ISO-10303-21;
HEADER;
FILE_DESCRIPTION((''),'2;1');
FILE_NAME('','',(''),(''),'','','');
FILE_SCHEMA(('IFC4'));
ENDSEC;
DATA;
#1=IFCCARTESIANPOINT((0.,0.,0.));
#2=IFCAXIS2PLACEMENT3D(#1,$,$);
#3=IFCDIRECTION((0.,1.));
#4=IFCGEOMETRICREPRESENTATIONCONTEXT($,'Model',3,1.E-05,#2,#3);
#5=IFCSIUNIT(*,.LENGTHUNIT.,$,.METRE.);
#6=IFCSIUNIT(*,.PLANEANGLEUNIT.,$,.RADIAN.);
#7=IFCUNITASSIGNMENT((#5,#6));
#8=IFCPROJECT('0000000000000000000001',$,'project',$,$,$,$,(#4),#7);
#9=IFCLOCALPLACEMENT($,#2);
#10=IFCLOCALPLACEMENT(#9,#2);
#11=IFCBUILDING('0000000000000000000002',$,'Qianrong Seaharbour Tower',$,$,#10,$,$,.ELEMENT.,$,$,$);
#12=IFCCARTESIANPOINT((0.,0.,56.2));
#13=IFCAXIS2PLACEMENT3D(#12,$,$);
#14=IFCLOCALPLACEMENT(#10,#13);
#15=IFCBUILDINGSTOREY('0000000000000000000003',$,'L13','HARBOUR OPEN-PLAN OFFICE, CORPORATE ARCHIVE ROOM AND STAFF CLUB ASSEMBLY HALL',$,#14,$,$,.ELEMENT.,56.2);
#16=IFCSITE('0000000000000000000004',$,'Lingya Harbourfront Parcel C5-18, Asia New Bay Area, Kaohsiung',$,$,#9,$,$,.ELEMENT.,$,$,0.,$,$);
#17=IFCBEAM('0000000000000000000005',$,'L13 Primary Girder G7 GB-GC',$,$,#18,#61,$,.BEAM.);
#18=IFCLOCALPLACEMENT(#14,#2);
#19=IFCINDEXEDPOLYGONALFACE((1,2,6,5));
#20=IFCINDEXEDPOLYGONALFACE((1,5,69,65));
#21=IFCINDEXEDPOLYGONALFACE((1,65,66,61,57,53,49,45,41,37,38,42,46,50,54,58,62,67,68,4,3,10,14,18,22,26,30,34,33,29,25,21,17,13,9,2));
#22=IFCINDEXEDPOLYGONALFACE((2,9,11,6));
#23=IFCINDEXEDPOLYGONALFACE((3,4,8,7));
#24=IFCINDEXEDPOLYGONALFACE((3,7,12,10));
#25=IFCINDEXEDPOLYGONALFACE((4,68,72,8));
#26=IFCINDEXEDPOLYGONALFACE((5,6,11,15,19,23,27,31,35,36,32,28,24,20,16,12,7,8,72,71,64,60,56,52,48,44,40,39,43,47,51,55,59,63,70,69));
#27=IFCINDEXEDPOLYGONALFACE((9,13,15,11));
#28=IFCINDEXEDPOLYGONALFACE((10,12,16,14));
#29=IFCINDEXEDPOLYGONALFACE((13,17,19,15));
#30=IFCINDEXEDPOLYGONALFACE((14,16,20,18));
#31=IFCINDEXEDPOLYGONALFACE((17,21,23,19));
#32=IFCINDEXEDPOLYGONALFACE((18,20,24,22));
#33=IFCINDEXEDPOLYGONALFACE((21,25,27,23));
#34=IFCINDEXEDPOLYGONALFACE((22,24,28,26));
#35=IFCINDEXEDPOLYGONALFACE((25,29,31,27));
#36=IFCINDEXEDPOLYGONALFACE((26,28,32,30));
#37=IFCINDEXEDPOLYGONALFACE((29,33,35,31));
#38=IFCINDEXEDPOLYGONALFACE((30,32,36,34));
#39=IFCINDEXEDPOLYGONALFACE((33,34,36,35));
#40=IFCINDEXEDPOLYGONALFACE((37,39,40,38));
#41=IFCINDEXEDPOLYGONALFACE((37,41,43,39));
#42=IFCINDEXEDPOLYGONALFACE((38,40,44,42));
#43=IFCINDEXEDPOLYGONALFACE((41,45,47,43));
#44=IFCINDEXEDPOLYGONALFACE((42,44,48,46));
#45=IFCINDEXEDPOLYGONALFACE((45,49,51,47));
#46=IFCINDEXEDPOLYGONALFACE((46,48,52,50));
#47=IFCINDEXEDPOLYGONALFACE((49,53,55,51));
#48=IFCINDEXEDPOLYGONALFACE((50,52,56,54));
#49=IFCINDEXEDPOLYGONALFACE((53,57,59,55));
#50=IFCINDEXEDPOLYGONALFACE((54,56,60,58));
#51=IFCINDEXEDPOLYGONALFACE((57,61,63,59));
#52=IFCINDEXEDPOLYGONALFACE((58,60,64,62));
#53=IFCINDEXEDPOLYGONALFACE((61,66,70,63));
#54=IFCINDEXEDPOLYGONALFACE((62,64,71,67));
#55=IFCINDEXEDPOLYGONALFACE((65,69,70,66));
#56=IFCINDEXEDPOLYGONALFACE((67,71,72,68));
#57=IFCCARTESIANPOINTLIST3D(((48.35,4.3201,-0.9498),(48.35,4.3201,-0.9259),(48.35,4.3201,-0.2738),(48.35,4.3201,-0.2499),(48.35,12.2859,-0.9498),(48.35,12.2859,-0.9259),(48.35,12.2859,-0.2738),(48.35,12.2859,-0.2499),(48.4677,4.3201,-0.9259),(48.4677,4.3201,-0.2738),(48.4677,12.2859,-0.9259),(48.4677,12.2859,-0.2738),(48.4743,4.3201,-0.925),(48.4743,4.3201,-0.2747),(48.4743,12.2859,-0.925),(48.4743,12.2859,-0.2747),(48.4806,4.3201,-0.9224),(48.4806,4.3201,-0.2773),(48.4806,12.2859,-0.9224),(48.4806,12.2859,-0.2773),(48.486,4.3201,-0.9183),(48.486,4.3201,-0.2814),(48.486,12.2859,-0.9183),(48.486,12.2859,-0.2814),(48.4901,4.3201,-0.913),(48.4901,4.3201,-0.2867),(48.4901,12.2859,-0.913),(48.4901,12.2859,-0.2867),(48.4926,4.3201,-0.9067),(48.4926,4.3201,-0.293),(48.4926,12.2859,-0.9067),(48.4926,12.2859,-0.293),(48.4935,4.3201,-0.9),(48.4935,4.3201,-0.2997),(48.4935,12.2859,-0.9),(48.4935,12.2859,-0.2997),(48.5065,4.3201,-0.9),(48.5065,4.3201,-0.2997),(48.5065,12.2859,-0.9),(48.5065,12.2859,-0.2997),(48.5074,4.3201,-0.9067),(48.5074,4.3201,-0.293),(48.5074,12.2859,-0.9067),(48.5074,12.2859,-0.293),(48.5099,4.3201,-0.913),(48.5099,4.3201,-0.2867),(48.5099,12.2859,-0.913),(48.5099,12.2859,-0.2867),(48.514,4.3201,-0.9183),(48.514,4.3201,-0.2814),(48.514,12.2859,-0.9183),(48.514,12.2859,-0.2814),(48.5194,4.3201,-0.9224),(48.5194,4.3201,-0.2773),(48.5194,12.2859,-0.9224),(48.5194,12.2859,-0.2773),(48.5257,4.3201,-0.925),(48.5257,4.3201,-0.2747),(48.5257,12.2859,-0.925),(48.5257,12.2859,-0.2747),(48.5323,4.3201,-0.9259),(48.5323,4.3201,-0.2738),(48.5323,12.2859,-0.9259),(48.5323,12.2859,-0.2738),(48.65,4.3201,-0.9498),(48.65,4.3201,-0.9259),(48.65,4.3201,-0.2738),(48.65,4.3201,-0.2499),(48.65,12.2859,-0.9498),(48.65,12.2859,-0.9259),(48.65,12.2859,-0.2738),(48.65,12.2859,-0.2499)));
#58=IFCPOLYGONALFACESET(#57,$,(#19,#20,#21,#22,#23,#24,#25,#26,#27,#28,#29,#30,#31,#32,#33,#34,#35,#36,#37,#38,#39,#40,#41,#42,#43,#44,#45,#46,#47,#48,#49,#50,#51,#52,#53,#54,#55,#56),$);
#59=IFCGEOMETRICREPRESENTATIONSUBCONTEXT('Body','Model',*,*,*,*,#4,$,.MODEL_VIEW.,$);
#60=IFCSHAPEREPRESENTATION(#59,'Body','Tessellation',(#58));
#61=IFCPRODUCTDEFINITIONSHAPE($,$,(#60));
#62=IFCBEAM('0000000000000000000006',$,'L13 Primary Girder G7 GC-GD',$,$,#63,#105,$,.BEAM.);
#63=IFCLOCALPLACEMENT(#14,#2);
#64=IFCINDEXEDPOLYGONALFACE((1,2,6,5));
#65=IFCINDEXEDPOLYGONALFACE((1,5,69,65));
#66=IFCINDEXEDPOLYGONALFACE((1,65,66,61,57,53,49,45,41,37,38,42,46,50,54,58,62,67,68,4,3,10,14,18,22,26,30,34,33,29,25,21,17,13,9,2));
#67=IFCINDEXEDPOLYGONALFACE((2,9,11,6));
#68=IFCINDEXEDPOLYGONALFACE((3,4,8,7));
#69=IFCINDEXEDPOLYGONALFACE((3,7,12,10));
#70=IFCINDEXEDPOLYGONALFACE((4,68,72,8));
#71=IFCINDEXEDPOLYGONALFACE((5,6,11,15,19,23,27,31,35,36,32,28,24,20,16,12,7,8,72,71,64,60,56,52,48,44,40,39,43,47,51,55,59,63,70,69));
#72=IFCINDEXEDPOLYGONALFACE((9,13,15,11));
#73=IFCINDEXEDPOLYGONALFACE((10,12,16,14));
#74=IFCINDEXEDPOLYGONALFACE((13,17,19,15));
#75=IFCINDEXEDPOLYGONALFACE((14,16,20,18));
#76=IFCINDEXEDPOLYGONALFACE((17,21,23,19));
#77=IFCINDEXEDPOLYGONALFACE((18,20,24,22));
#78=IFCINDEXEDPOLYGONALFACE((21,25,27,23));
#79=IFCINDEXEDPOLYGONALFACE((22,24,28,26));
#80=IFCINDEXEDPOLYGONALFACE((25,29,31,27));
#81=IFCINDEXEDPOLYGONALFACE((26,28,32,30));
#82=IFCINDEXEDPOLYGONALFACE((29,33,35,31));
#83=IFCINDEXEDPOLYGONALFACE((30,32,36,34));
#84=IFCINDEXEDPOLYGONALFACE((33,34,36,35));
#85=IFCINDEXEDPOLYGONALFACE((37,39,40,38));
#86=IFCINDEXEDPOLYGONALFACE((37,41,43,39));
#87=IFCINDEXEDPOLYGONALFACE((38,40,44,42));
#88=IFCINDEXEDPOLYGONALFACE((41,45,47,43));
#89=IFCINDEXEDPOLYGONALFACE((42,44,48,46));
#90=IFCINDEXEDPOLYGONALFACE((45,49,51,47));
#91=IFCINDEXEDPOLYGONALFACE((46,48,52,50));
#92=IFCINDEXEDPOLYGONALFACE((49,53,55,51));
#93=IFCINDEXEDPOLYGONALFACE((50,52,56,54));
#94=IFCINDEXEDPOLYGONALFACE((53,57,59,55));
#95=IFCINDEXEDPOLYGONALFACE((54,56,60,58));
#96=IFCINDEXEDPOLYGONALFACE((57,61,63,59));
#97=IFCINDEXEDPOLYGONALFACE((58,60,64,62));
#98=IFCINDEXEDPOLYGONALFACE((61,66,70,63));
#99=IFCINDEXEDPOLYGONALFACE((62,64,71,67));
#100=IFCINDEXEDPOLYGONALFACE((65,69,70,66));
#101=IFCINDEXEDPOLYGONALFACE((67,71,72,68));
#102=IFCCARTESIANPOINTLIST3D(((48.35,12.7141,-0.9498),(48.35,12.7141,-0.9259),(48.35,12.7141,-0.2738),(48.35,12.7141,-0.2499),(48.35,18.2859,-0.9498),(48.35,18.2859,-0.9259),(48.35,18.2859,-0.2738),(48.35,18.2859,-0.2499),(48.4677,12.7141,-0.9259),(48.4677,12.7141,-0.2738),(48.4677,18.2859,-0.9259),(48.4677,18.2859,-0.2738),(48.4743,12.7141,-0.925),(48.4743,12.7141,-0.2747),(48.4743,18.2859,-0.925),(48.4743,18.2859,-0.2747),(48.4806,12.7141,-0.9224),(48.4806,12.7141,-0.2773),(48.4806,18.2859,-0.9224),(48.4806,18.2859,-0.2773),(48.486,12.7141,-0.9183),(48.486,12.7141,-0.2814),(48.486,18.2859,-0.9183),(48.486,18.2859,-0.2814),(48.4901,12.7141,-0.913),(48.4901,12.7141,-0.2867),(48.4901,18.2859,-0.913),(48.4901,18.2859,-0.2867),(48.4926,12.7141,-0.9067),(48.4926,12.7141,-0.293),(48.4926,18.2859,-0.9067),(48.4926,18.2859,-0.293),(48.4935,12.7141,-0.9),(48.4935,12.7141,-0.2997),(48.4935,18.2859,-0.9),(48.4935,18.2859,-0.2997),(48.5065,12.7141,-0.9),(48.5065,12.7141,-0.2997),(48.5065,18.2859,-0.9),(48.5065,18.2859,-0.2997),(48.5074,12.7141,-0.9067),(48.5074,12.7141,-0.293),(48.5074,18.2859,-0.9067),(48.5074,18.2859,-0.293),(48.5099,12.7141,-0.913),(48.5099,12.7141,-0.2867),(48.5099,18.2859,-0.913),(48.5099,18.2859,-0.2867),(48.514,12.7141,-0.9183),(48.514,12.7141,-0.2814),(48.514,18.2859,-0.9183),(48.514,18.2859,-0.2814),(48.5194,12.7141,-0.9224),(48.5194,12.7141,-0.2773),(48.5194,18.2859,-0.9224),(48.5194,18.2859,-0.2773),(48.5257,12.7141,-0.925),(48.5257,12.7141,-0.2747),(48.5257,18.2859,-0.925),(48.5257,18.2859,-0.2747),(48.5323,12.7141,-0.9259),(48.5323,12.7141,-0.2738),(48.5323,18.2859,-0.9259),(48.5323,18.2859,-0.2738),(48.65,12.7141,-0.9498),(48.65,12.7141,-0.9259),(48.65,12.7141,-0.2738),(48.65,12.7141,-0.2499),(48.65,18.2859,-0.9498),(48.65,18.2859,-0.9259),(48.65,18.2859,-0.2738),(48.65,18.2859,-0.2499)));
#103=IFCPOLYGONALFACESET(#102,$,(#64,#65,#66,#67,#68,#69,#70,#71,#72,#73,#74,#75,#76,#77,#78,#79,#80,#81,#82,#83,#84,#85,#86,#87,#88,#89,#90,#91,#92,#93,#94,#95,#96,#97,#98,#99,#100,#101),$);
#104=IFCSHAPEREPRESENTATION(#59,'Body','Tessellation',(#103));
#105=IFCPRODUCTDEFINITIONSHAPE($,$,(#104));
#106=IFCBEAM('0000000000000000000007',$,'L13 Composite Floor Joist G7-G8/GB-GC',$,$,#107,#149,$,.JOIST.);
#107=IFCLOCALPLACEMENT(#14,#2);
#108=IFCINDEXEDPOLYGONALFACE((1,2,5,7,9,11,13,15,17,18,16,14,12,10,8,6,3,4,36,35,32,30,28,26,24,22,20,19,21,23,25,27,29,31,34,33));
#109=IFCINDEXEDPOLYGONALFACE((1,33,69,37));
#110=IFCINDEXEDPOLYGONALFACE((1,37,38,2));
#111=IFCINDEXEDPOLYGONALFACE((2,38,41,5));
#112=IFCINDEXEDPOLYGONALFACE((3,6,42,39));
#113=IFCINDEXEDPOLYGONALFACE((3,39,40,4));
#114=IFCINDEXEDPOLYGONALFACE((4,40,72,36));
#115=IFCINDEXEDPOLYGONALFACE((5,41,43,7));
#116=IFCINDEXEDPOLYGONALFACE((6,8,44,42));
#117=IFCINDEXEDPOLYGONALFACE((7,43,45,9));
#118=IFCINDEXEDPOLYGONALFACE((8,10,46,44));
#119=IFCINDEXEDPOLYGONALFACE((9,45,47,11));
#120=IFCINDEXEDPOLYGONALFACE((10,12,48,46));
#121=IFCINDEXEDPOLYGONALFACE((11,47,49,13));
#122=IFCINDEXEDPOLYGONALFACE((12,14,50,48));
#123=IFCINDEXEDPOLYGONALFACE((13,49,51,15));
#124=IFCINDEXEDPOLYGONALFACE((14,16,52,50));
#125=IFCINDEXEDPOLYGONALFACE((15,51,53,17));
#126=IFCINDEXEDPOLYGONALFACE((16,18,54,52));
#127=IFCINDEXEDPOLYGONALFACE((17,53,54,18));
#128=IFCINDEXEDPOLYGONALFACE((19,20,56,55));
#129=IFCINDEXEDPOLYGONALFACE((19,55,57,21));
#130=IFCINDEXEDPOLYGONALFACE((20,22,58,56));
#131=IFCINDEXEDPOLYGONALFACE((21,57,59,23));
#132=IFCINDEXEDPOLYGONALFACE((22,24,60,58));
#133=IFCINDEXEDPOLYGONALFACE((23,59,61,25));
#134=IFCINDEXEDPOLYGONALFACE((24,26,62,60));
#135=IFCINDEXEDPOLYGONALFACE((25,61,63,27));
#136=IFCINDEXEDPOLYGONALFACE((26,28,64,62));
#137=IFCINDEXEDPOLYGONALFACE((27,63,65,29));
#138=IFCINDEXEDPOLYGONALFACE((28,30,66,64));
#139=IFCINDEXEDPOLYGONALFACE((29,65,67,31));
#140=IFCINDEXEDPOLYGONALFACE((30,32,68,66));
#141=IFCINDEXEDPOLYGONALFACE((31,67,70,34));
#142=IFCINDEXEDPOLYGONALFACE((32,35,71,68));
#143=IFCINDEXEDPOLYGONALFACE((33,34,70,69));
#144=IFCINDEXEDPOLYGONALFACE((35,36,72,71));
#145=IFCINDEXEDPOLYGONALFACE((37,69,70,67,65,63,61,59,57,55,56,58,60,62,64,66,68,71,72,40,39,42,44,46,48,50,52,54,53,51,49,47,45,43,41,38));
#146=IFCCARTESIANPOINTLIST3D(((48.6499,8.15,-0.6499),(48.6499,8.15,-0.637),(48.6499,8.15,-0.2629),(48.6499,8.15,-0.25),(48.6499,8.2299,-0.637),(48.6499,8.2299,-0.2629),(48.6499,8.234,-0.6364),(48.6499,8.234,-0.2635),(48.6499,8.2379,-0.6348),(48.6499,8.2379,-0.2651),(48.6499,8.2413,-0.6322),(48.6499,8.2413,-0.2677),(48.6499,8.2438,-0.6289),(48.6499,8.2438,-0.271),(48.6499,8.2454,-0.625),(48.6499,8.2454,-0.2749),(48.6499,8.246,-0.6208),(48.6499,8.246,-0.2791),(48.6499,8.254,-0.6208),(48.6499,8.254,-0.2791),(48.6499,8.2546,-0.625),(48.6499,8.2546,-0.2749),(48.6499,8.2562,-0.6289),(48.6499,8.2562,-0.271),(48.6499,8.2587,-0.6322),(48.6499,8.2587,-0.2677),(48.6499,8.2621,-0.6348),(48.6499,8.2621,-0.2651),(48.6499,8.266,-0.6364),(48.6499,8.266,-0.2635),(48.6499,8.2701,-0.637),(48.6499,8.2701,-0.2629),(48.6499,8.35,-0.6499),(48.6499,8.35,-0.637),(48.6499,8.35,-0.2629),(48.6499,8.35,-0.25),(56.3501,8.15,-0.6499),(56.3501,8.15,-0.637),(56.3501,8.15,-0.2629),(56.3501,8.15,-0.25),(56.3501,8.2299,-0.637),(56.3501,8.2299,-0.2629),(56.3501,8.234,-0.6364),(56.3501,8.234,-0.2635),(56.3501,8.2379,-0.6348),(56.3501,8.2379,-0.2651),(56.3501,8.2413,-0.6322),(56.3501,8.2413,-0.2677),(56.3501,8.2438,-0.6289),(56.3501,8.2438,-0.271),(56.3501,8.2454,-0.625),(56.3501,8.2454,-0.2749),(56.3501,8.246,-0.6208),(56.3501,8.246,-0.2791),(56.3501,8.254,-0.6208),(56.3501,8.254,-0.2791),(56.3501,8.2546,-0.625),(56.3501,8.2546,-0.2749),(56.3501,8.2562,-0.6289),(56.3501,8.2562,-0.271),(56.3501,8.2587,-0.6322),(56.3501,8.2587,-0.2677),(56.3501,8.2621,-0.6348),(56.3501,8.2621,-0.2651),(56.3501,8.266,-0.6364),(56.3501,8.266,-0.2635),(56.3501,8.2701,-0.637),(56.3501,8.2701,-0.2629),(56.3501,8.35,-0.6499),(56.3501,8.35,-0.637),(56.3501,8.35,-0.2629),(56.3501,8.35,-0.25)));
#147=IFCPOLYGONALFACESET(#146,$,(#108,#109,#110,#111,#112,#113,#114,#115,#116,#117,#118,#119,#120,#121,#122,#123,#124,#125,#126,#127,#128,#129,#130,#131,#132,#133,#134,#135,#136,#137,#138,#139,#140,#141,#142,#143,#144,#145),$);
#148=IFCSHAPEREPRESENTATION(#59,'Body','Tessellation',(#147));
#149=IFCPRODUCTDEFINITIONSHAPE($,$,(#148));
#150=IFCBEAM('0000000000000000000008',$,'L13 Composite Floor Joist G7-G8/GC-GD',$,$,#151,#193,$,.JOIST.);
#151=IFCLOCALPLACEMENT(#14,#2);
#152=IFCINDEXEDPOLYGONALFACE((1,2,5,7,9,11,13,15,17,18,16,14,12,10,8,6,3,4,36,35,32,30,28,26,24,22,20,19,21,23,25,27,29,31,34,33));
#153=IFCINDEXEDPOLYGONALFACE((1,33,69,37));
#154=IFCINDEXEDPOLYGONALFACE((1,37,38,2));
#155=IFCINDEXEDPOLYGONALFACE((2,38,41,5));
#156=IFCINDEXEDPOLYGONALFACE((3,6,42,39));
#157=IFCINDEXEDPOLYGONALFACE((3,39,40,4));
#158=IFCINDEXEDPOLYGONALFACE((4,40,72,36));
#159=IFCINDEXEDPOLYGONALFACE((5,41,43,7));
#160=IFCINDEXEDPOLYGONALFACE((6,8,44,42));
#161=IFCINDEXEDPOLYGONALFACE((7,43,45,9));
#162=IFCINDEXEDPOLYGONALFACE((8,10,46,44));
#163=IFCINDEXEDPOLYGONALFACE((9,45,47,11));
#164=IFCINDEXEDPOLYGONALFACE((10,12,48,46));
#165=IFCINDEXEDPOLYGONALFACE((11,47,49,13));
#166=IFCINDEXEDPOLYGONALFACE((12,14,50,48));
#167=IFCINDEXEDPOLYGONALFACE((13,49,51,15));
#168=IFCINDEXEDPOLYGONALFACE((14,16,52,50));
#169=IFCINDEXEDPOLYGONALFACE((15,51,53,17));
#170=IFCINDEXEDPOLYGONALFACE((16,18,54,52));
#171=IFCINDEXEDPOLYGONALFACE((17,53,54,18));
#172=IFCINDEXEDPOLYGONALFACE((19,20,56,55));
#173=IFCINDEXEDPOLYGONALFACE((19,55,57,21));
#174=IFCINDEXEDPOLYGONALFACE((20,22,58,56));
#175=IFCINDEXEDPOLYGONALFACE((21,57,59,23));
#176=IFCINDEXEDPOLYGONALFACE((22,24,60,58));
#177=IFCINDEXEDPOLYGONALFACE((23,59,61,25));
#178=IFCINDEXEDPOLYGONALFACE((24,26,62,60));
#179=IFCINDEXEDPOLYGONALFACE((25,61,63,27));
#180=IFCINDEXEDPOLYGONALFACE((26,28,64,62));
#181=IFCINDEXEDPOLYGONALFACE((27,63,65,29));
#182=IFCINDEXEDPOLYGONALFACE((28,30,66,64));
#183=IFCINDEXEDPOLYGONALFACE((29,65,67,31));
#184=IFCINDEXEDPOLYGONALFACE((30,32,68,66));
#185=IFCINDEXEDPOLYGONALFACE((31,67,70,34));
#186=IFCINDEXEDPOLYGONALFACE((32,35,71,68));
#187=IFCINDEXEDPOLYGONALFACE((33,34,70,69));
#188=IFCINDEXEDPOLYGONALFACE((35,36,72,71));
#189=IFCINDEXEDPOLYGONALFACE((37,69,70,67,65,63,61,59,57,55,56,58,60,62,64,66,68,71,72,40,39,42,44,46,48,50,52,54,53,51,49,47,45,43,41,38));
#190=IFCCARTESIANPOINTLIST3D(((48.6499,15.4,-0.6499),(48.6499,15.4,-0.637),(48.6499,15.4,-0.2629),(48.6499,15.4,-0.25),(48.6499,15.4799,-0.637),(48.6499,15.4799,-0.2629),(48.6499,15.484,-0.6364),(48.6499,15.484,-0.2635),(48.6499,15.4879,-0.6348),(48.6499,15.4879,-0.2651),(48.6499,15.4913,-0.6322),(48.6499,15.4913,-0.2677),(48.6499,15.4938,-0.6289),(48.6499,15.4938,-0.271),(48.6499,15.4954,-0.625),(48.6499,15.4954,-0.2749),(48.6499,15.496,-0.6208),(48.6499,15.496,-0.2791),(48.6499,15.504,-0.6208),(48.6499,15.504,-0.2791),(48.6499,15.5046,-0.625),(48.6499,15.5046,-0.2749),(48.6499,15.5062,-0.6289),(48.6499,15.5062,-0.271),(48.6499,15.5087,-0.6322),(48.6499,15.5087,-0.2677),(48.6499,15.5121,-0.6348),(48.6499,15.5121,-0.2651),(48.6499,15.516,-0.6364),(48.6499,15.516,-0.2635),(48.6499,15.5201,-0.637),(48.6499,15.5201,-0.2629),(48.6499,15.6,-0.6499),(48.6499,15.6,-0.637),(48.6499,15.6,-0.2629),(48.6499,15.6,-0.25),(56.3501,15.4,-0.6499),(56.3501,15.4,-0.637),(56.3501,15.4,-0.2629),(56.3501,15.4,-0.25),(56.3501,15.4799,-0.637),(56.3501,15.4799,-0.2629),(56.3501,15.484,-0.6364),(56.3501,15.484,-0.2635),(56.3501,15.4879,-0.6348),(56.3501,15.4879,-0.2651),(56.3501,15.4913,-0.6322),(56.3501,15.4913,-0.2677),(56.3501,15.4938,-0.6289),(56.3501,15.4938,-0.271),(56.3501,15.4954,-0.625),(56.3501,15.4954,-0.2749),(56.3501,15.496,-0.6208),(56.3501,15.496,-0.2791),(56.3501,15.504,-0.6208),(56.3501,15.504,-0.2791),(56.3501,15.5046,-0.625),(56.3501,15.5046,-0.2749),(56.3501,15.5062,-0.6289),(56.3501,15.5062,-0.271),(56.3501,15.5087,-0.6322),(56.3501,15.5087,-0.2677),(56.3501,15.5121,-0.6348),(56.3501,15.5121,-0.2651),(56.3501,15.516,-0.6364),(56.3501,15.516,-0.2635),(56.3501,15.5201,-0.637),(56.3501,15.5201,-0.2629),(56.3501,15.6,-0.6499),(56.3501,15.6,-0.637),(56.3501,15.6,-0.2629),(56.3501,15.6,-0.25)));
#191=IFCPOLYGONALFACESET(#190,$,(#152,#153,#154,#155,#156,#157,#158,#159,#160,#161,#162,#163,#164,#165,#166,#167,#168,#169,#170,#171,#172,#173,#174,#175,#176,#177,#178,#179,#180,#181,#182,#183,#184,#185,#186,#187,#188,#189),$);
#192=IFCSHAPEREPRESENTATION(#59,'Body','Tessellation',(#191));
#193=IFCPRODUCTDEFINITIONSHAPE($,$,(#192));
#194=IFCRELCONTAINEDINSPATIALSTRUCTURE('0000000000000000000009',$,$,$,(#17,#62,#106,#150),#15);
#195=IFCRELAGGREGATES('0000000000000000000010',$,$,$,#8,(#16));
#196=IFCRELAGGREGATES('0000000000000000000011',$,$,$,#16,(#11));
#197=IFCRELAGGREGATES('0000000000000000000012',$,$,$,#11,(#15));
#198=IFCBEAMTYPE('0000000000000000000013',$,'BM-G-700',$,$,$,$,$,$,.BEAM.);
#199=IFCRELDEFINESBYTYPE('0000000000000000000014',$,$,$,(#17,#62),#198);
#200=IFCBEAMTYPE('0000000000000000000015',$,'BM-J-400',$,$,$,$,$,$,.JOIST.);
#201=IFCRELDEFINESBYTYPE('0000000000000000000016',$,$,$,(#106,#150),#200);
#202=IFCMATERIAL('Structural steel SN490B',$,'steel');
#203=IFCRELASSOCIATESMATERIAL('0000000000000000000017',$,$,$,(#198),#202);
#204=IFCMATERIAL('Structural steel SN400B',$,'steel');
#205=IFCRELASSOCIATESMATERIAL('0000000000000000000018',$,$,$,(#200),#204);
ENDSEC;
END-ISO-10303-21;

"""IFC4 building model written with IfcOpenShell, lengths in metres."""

from ifc_helpers import new_model, si_unit, direction, frame, origin, origin_2d, place, context, subcontext, project, spatial, i_section, extrude, material, material_profile, profile_set, type_object, element, save


model = new_model("IFC4")

# Units and contexts
model_context = context("Model", 3, precision=1e-05, world=origin(), true_north=direction((0.0, 1.0)))
body_context = subcontext(model_context, "Body", "Model", "MODEL_VIEW")
ifc_project = project(units=[si_unit("LENGTHUNIT", "METRE"), si_unit("PLANEANGLEUNIT", "RADIAN")], contexts=[model_context])

# Site, building, storey
site_placement = place(None, origin())
site = spatial("IfcSite", under=ifc_project, at=site_placement, Name="Lingya Harbourfront Parcel C5-18, Asia New Bay Area, Kaohsiung", CompositionType="ELEMENT", RefElevation=0.0)
building_placement = place(site_placement, origin())
building = spatial("IfcBuilding", under=site, at=building_placement, Name="Qianrong Seaharbour Tower", CompositionType="ELEMENT")
storey_placement = place(building_placement, frame((0.0, 0.0, 56.2)))
storey = spatial("IfcBuildingStorey", under=building, at=storey_placement, Name="L13", Description="HARBOUR OPEN-PLAN OFFICE, CORPORATE ARCHIVE ROOM AND STAFF CLUB ASSEMBLY HALL", CompositionType="ELEMENT", Elevation=56.2)

# Shared definitions
ifc_material_1 = material(Name="Structural steel SN490B", Category="steel")

# Beams
ifc_material_profile_1 = material_profile(ifc_material_1, i_section(OverallWidth=0.3, OverallDepth=0.7, WebThickness=0.0129, FlangeThickness=0.0239, FilletRadius=0.0259, at=origin_2d()), Name="H700x300x13x24")
ifc_profile_set_1 = profile_set([ifc_material_profile_1], Name="Structural steel SN490B")
beam_type_1 = type_object("IfcBeamType", Name="BM-G-700", PredefinedType="BEAM", material=ifc_profile_set_1)
beam_1_placement = place(storey_placement, frame((48.5, 4.3201, -0.5999), z_axis=(0.0, 1.0, 0.0), x_axis=(-1.0, 0.0, 0.0)))
element("IfcBeam", 1, at=beam_1_placement, inside=storey, type_object=beam_type_1, Name="L13 Primary Girder G7 GB-GC", PredefinedType="BEAM", context=body_context, shape_type="SweptSolid", body=[
    extrude(i_section(OverallWidth=0.3, OverallDepth=0.7, WebThickness=0.0129, FlangeThickness=0.0239, FilletRadius=0.0259, at=origin_2d()), origin(), (0.0, 0.0, 1.0), 7.9658),
])
beam_2_placement = place(storey_placement, frame((48.5, 12.7141, -0.5999), z_axis=(0.0, 1.0, 0.0), x_axis=(-1.0, 0.0, 0.0)))
element("IfcBeam", 2, at=beam_2_placement, inside=storey, type_object=beam_type_1, Name="L13 Primary Girder G7 GC-GD", PredefinedType="BEAM", context=body_context, shape_type="SweptSolid", body=[
    extrude(i_section(OverallWidth=0.3, OverallDepth=0.7, WebThickness=0.0129, FlangeThickness=0.0239, FilletRadius=0.0259, at=origin_2d()), origin(), (0.0, 0.0, 1.0), 5.5718),
])
ifc_material_2 = material(Name="Structural steel SN400B", Category="steel")
ifc_material_profile_2 = material_profile(ifc_material_2, i_section(OverallWidth=0.2, OverallDepth=0.3999, WebThickness=0.0081, FlangeThickness=0.0129, FilletRadius=0.0161, at=origin_2d()), Name="H400x200x8x13")
ifc_profile_set_2 = profile_set([ifc_material_profile_2], Name="Structural steel SN400B")
beam_type_2 = type_object("IfcBeamType", Name="BM-J-400", PredefinedType="JOIST", material=ifc_profile_set_2)
for number, where, z_axis, x_axis, name in (
    (3, (48.6499, 8.25, -0.45), (1.0, 0.0, 0.0), (0.0, 1.0, 0.0), "L13 Composite Floor Joist G7-G8/GB-GC"),
    (4, (48.6499, 15.5, -0.45), (1.0, 0.0, 0.0), (0.0, 1.0, 0.0), "L13 Composite Floor Joist G7-G8/GC-GD"),
):
    element("IfcBeam", number, at=place(storey_placement, frame(where, z_axis=z_axis, x_axis=x_axis)), inside=storey, type_object=beam_type_2, Name=name, PredefinedType="JOIST", context=body_context, shape_type="SweptSolid", body=[
        extrude(i_section(OverallWidth=0.2, OverallDepth=0.3999, WebThickness=0.0081, FlangeThickness=0.0129, FilletRadius=0.0161, at=origin_2d()), origin(), (0.0, 0.0, 1.0), 7.7002),
    ])

save(model, "model.ifc")
